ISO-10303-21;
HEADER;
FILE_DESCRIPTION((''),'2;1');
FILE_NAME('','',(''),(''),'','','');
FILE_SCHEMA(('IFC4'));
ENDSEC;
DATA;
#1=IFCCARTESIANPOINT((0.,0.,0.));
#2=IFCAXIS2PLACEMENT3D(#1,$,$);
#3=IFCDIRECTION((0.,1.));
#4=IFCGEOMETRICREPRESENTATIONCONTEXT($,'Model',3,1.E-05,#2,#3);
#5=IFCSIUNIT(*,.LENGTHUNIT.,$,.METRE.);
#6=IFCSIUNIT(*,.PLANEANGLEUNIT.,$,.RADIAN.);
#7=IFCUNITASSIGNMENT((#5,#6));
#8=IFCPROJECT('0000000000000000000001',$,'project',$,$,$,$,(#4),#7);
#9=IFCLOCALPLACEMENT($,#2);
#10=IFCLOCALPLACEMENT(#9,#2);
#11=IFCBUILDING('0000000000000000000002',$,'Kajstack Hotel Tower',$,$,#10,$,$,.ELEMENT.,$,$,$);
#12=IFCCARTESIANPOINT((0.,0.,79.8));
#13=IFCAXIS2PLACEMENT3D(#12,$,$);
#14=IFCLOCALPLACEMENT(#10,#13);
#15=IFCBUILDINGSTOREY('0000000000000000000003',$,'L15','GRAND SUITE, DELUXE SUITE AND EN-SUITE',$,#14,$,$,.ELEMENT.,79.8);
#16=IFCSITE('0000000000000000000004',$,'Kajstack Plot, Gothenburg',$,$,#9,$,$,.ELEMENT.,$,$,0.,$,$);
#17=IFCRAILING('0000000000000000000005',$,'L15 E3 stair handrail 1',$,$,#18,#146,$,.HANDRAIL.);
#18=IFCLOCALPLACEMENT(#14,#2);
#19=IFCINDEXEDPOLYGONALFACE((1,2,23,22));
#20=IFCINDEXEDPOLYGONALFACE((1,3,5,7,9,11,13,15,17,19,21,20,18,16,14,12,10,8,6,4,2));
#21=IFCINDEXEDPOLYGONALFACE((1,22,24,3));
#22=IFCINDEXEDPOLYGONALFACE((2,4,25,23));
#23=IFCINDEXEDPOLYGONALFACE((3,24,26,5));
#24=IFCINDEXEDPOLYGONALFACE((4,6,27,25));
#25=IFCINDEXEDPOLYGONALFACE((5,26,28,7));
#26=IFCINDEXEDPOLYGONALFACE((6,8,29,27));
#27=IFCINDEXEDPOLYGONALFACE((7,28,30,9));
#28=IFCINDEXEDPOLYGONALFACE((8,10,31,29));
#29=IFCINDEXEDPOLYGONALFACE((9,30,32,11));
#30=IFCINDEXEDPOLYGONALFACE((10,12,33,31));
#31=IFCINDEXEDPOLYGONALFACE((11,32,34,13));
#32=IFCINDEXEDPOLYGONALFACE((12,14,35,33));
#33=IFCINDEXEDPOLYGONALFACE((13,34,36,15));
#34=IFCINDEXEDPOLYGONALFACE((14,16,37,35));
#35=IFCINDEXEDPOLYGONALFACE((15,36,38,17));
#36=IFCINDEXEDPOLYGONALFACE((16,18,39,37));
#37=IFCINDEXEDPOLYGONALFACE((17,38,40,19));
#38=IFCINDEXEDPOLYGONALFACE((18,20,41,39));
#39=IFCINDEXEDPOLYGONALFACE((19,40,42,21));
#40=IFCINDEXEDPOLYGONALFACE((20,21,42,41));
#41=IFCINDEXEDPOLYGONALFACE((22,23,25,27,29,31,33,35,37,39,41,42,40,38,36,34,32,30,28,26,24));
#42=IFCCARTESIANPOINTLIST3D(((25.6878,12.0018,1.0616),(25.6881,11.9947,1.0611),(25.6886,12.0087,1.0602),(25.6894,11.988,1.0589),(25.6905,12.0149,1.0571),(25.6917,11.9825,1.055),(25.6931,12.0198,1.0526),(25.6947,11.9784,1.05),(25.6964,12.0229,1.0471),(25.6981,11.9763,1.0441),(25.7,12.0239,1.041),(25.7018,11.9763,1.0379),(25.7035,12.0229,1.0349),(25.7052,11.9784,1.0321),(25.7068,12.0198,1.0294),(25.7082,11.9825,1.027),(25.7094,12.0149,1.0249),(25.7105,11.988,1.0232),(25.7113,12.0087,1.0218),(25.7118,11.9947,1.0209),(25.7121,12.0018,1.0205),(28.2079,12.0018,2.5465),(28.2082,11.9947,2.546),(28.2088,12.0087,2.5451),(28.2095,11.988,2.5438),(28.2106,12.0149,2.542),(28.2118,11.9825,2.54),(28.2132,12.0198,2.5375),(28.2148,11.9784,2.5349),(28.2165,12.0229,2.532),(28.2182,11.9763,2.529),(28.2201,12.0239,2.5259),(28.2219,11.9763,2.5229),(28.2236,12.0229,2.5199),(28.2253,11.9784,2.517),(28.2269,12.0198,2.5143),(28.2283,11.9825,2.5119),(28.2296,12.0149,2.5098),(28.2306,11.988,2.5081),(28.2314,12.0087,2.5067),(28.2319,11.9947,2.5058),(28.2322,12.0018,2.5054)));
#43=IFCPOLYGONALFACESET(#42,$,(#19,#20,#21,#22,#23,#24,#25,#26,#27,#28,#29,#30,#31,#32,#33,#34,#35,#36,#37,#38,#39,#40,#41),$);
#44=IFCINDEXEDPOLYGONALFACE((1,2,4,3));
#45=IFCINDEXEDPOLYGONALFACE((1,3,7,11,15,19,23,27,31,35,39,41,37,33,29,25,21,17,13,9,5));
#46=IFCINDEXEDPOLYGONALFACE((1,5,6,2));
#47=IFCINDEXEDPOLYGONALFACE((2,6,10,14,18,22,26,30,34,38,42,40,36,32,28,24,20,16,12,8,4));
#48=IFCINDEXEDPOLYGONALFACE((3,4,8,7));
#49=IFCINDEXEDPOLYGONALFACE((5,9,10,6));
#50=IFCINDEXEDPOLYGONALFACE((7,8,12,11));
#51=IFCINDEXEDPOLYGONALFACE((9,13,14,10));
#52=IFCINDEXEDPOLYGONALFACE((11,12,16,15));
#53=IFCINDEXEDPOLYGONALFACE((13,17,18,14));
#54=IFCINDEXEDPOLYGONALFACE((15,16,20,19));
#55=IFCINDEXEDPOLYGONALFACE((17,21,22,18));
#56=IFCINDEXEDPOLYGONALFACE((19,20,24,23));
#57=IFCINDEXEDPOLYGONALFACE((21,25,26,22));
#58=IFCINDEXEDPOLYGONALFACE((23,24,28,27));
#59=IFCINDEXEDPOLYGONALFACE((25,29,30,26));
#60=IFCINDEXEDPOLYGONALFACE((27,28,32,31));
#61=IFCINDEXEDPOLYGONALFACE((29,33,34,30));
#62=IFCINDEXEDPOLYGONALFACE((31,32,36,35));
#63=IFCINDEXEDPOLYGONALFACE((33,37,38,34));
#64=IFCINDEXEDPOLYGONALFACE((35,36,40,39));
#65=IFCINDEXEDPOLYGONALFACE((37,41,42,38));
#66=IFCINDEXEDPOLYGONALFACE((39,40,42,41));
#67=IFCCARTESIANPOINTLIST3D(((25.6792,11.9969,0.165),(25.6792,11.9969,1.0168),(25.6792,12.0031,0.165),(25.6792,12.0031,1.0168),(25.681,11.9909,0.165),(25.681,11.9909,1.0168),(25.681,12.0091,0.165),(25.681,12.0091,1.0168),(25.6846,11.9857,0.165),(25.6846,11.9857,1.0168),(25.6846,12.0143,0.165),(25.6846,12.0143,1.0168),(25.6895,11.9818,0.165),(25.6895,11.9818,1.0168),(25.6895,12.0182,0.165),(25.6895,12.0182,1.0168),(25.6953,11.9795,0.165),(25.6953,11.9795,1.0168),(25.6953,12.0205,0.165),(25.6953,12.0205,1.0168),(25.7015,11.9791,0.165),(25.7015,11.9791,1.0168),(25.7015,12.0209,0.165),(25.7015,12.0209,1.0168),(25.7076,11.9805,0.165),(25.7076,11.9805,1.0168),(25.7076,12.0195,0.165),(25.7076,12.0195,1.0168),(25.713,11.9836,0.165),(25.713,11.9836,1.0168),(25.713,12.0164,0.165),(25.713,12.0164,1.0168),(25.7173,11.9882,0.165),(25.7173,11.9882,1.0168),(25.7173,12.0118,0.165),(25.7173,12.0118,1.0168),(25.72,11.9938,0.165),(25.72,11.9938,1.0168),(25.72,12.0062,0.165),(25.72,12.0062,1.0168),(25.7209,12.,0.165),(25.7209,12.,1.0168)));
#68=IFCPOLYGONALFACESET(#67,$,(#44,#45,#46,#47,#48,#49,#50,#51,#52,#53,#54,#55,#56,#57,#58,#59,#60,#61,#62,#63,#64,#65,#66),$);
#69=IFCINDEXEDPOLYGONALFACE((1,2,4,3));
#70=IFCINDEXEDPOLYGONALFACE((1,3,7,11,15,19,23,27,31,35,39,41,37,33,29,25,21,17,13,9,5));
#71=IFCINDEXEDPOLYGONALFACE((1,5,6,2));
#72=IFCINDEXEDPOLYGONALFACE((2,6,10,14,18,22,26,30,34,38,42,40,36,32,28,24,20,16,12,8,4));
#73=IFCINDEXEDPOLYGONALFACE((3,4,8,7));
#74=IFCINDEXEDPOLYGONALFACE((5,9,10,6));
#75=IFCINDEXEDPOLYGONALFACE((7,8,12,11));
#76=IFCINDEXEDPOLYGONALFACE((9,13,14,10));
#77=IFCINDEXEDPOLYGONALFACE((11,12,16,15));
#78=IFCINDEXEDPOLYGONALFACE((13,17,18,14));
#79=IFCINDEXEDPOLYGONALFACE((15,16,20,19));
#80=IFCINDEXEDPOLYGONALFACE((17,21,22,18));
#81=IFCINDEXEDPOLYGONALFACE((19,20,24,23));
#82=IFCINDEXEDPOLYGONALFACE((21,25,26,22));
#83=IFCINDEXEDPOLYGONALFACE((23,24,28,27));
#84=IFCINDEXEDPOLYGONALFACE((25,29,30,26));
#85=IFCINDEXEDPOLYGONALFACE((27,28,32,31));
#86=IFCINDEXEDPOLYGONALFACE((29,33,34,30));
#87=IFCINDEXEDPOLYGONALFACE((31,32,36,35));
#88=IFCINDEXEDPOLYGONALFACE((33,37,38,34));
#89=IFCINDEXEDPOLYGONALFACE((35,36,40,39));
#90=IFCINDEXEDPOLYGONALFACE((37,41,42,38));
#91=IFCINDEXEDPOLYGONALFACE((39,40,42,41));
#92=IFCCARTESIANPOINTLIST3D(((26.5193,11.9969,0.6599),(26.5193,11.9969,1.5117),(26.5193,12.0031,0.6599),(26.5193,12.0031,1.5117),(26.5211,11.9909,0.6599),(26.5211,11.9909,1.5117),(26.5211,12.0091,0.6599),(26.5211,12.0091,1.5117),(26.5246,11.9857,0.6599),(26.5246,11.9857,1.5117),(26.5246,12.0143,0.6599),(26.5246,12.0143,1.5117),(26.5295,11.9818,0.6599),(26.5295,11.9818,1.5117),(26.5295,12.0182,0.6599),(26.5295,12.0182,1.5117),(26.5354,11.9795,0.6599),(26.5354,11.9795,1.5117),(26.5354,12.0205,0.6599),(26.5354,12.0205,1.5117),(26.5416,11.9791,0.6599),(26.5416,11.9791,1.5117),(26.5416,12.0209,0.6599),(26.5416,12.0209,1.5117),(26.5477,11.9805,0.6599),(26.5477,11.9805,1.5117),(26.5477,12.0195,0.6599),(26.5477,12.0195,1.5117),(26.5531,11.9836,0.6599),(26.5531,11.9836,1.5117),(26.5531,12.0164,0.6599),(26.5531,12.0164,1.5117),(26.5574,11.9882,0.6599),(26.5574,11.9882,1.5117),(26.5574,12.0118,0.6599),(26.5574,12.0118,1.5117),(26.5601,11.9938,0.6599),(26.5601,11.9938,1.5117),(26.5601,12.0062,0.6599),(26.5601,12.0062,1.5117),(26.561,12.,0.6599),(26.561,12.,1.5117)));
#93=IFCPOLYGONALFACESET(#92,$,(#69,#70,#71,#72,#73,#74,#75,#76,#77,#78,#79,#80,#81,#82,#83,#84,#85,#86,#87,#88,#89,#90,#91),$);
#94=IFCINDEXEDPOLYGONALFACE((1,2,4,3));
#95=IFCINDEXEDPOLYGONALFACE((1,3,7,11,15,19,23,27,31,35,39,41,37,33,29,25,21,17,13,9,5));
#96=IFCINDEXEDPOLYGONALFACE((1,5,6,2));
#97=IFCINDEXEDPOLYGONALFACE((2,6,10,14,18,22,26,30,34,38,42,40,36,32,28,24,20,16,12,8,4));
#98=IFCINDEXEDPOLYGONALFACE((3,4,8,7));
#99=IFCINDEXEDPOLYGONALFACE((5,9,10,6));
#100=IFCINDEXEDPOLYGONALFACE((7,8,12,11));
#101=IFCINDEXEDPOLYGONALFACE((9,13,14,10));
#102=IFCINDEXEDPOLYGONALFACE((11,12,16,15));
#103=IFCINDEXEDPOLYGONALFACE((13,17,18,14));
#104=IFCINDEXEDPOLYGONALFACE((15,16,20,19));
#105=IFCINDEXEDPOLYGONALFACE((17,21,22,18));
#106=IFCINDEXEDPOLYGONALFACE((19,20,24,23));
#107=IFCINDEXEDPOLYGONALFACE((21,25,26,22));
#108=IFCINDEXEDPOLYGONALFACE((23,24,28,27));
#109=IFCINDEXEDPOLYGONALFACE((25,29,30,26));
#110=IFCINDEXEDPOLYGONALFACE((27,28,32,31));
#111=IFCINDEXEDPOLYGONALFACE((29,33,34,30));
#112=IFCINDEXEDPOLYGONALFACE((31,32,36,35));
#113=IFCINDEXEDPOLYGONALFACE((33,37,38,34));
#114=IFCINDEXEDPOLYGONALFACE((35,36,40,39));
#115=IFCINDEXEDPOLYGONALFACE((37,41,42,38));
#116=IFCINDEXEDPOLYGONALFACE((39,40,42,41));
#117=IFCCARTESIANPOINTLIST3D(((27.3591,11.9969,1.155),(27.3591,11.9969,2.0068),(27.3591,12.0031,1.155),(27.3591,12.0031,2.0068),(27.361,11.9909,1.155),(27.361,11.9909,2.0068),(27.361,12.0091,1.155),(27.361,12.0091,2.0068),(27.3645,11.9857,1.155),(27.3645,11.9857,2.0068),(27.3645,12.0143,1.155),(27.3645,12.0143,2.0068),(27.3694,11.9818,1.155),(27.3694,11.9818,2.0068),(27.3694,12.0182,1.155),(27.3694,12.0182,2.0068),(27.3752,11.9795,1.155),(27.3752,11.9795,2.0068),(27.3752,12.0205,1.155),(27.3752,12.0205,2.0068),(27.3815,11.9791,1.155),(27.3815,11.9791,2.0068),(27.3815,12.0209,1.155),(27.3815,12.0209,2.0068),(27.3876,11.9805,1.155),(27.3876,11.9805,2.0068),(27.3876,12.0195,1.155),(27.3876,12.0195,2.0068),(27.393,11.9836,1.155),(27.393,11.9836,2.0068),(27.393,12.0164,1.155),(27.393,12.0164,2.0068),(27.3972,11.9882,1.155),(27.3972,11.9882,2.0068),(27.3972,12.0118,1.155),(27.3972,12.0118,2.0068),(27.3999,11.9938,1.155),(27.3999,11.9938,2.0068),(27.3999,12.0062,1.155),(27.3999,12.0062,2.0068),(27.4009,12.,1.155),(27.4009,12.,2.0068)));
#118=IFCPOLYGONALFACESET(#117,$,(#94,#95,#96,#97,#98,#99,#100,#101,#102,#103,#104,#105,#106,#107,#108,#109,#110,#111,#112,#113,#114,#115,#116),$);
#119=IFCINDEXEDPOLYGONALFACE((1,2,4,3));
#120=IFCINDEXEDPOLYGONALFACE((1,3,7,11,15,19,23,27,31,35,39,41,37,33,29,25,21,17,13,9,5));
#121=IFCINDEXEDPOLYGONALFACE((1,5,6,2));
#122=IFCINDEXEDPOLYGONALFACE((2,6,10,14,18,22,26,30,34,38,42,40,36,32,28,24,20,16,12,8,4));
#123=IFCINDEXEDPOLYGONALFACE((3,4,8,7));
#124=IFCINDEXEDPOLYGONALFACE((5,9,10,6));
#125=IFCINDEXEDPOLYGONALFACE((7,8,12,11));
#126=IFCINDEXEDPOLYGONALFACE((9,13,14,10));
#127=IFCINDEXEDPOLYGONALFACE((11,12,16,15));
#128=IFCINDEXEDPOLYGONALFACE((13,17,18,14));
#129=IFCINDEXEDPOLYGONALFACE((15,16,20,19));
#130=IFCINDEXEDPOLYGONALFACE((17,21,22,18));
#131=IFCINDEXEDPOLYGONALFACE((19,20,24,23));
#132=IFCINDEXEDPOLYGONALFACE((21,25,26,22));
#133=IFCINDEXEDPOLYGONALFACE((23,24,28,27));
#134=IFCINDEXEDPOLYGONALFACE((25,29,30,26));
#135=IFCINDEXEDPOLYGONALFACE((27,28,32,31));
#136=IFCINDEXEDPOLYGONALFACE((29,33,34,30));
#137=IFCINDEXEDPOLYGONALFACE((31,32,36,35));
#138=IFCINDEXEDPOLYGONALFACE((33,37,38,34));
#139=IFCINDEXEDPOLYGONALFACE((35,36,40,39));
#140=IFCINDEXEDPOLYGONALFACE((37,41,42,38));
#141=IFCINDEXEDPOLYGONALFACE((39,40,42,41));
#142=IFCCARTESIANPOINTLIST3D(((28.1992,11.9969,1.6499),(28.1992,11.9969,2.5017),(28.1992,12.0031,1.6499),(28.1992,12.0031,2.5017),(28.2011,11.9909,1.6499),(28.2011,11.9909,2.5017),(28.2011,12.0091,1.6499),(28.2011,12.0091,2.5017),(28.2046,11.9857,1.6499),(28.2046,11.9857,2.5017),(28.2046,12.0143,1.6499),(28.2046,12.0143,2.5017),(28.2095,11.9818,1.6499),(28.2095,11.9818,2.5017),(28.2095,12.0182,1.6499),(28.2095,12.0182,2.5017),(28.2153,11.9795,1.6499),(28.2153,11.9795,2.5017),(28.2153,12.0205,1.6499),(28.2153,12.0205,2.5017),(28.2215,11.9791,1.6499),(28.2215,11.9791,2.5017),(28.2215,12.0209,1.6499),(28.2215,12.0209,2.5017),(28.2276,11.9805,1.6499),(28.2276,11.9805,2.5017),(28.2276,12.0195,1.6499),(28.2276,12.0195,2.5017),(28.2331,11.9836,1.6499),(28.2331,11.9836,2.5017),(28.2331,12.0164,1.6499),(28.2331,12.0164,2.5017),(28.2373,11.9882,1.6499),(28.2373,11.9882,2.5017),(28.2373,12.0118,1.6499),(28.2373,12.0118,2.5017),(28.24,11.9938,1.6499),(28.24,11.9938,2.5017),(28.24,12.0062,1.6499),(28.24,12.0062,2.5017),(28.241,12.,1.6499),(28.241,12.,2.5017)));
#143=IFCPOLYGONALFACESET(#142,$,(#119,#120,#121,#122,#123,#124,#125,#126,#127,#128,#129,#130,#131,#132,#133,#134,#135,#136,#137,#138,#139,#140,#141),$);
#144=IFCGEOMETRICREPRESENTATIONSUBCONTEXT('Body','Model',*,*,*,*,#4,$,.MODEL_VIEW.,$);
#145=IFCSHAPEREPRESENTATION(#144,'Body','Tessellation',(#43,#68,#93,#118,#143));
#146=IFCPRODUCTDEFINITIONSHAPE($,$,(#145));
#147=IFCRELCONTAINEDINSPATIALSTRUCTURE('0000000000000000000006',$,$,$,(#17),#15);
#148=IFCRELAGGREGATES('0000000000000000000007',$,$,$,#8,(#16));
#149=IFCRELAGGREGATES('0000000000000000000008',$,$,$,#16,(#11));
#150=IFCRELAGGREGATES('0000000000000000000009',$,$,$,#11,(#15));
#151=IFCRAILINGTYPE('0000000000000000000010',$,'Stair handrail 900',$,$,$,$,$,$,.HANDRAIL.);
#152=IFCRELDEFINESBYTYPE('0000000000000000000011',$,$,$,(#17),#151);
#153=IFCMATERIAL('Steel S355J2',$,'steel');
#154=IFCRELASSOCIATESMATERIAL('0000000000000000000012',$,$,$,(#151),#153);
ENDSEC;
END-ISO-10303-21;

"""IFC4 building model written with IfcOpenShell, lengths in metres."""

from ifc_helpers import new_model, si_unit, direction, frame, origin, origin_2d, place, context, subcontext, project, spatial, circle, extrude, material, type_object, element, save


model = new_model("IFC4")

# Units and contexts
model_context = context("Model", 3, precision=1e-05, world=origin(), true_north=direction((0.0, 1.0)))
body_context = subcontext(model_context, "Body", "Model", "MODEL_VIEW")
ifc_project = project(units=[si_unit("LENGTHUNIT", "METRE"), si_unit("PLANEANGLEUNIT", "RADIAN")], contexts=[model_context])

# Site, building, storey
site_placement = place(None, origin())
site = spatial("IfcSite", under=ifc_project, at=site_placement, Name="Kajstack Plot, Gothenburg", CompositionType="ELEMENT", RefElevation=0.0)
building_placement = place(site_placement, origin())
building = spatial("IfcBuilding", under=site, at=building_placement, Name="Kajstack Hotel Tower", CompositionType="ELEMENT")
storey_placement = place(building_placement, frame((0.0, 0.0, 79.8)))
storey = spatial("IfcBuildingStorey", under=building, at=storey_placement, Name="L15", Description="GRAND SUITE, DELUXE SUITE AND EN-SUITE", CompositionType="ELEMENT", Elevation=79.8)

# Railing
ifc_material_1 = material(Name="Steel S355J2", Category="steel")
railing_type_1 = type_object("IfcRailingType", Name="Stair handrail 900", PredefinedType="HANDRAIL", material=ifc_material_1)
railing_1_placement = place(storey_placement, frame((25.7, 12.0, 0.165)))
element("IfcRailing", 1, at=railing_1_placement, inside=storey, type_object=railing_type_1, Name="L15 E3 stair handrail 1", PredefinedType="HANDRAIL", context=body_context, shape_type="SweptSolid", body=[
    extrude(circle(Radius=0.0239, at=origin_2d()), frame((0.0, 0.0, 0.876), z_axis=(0.861561, 0.0, 0.507655), x_axis=(0.0, 1.0, 0.0)), (0.0, 0.0, 1.0), 2.925),
    extrude(circle(Radius=0.021, at=origin_2d()), origin(), (0.0, 0.0, 1.0), 0.8518),
    extrude(circle(Radius=0.021, at=origin_2d()), frame((0.8401, 0.0, 0.4949)), (0.0, 0.0, 1.0), 0.8518),
    extrude(circle(Radius=0.021, at=origin_2d()), frame((1.6799, 0.0, 0.99)), (0.0, 0.0, 1.0), 0.8518),
    extrude(circle(Radius=0.021, at=origin_2d()), frame((2.52, 0.0, 1.4849)), (0.0, 0.0, 1.0), 0.8518),
])

save(model, "model.ifc")
